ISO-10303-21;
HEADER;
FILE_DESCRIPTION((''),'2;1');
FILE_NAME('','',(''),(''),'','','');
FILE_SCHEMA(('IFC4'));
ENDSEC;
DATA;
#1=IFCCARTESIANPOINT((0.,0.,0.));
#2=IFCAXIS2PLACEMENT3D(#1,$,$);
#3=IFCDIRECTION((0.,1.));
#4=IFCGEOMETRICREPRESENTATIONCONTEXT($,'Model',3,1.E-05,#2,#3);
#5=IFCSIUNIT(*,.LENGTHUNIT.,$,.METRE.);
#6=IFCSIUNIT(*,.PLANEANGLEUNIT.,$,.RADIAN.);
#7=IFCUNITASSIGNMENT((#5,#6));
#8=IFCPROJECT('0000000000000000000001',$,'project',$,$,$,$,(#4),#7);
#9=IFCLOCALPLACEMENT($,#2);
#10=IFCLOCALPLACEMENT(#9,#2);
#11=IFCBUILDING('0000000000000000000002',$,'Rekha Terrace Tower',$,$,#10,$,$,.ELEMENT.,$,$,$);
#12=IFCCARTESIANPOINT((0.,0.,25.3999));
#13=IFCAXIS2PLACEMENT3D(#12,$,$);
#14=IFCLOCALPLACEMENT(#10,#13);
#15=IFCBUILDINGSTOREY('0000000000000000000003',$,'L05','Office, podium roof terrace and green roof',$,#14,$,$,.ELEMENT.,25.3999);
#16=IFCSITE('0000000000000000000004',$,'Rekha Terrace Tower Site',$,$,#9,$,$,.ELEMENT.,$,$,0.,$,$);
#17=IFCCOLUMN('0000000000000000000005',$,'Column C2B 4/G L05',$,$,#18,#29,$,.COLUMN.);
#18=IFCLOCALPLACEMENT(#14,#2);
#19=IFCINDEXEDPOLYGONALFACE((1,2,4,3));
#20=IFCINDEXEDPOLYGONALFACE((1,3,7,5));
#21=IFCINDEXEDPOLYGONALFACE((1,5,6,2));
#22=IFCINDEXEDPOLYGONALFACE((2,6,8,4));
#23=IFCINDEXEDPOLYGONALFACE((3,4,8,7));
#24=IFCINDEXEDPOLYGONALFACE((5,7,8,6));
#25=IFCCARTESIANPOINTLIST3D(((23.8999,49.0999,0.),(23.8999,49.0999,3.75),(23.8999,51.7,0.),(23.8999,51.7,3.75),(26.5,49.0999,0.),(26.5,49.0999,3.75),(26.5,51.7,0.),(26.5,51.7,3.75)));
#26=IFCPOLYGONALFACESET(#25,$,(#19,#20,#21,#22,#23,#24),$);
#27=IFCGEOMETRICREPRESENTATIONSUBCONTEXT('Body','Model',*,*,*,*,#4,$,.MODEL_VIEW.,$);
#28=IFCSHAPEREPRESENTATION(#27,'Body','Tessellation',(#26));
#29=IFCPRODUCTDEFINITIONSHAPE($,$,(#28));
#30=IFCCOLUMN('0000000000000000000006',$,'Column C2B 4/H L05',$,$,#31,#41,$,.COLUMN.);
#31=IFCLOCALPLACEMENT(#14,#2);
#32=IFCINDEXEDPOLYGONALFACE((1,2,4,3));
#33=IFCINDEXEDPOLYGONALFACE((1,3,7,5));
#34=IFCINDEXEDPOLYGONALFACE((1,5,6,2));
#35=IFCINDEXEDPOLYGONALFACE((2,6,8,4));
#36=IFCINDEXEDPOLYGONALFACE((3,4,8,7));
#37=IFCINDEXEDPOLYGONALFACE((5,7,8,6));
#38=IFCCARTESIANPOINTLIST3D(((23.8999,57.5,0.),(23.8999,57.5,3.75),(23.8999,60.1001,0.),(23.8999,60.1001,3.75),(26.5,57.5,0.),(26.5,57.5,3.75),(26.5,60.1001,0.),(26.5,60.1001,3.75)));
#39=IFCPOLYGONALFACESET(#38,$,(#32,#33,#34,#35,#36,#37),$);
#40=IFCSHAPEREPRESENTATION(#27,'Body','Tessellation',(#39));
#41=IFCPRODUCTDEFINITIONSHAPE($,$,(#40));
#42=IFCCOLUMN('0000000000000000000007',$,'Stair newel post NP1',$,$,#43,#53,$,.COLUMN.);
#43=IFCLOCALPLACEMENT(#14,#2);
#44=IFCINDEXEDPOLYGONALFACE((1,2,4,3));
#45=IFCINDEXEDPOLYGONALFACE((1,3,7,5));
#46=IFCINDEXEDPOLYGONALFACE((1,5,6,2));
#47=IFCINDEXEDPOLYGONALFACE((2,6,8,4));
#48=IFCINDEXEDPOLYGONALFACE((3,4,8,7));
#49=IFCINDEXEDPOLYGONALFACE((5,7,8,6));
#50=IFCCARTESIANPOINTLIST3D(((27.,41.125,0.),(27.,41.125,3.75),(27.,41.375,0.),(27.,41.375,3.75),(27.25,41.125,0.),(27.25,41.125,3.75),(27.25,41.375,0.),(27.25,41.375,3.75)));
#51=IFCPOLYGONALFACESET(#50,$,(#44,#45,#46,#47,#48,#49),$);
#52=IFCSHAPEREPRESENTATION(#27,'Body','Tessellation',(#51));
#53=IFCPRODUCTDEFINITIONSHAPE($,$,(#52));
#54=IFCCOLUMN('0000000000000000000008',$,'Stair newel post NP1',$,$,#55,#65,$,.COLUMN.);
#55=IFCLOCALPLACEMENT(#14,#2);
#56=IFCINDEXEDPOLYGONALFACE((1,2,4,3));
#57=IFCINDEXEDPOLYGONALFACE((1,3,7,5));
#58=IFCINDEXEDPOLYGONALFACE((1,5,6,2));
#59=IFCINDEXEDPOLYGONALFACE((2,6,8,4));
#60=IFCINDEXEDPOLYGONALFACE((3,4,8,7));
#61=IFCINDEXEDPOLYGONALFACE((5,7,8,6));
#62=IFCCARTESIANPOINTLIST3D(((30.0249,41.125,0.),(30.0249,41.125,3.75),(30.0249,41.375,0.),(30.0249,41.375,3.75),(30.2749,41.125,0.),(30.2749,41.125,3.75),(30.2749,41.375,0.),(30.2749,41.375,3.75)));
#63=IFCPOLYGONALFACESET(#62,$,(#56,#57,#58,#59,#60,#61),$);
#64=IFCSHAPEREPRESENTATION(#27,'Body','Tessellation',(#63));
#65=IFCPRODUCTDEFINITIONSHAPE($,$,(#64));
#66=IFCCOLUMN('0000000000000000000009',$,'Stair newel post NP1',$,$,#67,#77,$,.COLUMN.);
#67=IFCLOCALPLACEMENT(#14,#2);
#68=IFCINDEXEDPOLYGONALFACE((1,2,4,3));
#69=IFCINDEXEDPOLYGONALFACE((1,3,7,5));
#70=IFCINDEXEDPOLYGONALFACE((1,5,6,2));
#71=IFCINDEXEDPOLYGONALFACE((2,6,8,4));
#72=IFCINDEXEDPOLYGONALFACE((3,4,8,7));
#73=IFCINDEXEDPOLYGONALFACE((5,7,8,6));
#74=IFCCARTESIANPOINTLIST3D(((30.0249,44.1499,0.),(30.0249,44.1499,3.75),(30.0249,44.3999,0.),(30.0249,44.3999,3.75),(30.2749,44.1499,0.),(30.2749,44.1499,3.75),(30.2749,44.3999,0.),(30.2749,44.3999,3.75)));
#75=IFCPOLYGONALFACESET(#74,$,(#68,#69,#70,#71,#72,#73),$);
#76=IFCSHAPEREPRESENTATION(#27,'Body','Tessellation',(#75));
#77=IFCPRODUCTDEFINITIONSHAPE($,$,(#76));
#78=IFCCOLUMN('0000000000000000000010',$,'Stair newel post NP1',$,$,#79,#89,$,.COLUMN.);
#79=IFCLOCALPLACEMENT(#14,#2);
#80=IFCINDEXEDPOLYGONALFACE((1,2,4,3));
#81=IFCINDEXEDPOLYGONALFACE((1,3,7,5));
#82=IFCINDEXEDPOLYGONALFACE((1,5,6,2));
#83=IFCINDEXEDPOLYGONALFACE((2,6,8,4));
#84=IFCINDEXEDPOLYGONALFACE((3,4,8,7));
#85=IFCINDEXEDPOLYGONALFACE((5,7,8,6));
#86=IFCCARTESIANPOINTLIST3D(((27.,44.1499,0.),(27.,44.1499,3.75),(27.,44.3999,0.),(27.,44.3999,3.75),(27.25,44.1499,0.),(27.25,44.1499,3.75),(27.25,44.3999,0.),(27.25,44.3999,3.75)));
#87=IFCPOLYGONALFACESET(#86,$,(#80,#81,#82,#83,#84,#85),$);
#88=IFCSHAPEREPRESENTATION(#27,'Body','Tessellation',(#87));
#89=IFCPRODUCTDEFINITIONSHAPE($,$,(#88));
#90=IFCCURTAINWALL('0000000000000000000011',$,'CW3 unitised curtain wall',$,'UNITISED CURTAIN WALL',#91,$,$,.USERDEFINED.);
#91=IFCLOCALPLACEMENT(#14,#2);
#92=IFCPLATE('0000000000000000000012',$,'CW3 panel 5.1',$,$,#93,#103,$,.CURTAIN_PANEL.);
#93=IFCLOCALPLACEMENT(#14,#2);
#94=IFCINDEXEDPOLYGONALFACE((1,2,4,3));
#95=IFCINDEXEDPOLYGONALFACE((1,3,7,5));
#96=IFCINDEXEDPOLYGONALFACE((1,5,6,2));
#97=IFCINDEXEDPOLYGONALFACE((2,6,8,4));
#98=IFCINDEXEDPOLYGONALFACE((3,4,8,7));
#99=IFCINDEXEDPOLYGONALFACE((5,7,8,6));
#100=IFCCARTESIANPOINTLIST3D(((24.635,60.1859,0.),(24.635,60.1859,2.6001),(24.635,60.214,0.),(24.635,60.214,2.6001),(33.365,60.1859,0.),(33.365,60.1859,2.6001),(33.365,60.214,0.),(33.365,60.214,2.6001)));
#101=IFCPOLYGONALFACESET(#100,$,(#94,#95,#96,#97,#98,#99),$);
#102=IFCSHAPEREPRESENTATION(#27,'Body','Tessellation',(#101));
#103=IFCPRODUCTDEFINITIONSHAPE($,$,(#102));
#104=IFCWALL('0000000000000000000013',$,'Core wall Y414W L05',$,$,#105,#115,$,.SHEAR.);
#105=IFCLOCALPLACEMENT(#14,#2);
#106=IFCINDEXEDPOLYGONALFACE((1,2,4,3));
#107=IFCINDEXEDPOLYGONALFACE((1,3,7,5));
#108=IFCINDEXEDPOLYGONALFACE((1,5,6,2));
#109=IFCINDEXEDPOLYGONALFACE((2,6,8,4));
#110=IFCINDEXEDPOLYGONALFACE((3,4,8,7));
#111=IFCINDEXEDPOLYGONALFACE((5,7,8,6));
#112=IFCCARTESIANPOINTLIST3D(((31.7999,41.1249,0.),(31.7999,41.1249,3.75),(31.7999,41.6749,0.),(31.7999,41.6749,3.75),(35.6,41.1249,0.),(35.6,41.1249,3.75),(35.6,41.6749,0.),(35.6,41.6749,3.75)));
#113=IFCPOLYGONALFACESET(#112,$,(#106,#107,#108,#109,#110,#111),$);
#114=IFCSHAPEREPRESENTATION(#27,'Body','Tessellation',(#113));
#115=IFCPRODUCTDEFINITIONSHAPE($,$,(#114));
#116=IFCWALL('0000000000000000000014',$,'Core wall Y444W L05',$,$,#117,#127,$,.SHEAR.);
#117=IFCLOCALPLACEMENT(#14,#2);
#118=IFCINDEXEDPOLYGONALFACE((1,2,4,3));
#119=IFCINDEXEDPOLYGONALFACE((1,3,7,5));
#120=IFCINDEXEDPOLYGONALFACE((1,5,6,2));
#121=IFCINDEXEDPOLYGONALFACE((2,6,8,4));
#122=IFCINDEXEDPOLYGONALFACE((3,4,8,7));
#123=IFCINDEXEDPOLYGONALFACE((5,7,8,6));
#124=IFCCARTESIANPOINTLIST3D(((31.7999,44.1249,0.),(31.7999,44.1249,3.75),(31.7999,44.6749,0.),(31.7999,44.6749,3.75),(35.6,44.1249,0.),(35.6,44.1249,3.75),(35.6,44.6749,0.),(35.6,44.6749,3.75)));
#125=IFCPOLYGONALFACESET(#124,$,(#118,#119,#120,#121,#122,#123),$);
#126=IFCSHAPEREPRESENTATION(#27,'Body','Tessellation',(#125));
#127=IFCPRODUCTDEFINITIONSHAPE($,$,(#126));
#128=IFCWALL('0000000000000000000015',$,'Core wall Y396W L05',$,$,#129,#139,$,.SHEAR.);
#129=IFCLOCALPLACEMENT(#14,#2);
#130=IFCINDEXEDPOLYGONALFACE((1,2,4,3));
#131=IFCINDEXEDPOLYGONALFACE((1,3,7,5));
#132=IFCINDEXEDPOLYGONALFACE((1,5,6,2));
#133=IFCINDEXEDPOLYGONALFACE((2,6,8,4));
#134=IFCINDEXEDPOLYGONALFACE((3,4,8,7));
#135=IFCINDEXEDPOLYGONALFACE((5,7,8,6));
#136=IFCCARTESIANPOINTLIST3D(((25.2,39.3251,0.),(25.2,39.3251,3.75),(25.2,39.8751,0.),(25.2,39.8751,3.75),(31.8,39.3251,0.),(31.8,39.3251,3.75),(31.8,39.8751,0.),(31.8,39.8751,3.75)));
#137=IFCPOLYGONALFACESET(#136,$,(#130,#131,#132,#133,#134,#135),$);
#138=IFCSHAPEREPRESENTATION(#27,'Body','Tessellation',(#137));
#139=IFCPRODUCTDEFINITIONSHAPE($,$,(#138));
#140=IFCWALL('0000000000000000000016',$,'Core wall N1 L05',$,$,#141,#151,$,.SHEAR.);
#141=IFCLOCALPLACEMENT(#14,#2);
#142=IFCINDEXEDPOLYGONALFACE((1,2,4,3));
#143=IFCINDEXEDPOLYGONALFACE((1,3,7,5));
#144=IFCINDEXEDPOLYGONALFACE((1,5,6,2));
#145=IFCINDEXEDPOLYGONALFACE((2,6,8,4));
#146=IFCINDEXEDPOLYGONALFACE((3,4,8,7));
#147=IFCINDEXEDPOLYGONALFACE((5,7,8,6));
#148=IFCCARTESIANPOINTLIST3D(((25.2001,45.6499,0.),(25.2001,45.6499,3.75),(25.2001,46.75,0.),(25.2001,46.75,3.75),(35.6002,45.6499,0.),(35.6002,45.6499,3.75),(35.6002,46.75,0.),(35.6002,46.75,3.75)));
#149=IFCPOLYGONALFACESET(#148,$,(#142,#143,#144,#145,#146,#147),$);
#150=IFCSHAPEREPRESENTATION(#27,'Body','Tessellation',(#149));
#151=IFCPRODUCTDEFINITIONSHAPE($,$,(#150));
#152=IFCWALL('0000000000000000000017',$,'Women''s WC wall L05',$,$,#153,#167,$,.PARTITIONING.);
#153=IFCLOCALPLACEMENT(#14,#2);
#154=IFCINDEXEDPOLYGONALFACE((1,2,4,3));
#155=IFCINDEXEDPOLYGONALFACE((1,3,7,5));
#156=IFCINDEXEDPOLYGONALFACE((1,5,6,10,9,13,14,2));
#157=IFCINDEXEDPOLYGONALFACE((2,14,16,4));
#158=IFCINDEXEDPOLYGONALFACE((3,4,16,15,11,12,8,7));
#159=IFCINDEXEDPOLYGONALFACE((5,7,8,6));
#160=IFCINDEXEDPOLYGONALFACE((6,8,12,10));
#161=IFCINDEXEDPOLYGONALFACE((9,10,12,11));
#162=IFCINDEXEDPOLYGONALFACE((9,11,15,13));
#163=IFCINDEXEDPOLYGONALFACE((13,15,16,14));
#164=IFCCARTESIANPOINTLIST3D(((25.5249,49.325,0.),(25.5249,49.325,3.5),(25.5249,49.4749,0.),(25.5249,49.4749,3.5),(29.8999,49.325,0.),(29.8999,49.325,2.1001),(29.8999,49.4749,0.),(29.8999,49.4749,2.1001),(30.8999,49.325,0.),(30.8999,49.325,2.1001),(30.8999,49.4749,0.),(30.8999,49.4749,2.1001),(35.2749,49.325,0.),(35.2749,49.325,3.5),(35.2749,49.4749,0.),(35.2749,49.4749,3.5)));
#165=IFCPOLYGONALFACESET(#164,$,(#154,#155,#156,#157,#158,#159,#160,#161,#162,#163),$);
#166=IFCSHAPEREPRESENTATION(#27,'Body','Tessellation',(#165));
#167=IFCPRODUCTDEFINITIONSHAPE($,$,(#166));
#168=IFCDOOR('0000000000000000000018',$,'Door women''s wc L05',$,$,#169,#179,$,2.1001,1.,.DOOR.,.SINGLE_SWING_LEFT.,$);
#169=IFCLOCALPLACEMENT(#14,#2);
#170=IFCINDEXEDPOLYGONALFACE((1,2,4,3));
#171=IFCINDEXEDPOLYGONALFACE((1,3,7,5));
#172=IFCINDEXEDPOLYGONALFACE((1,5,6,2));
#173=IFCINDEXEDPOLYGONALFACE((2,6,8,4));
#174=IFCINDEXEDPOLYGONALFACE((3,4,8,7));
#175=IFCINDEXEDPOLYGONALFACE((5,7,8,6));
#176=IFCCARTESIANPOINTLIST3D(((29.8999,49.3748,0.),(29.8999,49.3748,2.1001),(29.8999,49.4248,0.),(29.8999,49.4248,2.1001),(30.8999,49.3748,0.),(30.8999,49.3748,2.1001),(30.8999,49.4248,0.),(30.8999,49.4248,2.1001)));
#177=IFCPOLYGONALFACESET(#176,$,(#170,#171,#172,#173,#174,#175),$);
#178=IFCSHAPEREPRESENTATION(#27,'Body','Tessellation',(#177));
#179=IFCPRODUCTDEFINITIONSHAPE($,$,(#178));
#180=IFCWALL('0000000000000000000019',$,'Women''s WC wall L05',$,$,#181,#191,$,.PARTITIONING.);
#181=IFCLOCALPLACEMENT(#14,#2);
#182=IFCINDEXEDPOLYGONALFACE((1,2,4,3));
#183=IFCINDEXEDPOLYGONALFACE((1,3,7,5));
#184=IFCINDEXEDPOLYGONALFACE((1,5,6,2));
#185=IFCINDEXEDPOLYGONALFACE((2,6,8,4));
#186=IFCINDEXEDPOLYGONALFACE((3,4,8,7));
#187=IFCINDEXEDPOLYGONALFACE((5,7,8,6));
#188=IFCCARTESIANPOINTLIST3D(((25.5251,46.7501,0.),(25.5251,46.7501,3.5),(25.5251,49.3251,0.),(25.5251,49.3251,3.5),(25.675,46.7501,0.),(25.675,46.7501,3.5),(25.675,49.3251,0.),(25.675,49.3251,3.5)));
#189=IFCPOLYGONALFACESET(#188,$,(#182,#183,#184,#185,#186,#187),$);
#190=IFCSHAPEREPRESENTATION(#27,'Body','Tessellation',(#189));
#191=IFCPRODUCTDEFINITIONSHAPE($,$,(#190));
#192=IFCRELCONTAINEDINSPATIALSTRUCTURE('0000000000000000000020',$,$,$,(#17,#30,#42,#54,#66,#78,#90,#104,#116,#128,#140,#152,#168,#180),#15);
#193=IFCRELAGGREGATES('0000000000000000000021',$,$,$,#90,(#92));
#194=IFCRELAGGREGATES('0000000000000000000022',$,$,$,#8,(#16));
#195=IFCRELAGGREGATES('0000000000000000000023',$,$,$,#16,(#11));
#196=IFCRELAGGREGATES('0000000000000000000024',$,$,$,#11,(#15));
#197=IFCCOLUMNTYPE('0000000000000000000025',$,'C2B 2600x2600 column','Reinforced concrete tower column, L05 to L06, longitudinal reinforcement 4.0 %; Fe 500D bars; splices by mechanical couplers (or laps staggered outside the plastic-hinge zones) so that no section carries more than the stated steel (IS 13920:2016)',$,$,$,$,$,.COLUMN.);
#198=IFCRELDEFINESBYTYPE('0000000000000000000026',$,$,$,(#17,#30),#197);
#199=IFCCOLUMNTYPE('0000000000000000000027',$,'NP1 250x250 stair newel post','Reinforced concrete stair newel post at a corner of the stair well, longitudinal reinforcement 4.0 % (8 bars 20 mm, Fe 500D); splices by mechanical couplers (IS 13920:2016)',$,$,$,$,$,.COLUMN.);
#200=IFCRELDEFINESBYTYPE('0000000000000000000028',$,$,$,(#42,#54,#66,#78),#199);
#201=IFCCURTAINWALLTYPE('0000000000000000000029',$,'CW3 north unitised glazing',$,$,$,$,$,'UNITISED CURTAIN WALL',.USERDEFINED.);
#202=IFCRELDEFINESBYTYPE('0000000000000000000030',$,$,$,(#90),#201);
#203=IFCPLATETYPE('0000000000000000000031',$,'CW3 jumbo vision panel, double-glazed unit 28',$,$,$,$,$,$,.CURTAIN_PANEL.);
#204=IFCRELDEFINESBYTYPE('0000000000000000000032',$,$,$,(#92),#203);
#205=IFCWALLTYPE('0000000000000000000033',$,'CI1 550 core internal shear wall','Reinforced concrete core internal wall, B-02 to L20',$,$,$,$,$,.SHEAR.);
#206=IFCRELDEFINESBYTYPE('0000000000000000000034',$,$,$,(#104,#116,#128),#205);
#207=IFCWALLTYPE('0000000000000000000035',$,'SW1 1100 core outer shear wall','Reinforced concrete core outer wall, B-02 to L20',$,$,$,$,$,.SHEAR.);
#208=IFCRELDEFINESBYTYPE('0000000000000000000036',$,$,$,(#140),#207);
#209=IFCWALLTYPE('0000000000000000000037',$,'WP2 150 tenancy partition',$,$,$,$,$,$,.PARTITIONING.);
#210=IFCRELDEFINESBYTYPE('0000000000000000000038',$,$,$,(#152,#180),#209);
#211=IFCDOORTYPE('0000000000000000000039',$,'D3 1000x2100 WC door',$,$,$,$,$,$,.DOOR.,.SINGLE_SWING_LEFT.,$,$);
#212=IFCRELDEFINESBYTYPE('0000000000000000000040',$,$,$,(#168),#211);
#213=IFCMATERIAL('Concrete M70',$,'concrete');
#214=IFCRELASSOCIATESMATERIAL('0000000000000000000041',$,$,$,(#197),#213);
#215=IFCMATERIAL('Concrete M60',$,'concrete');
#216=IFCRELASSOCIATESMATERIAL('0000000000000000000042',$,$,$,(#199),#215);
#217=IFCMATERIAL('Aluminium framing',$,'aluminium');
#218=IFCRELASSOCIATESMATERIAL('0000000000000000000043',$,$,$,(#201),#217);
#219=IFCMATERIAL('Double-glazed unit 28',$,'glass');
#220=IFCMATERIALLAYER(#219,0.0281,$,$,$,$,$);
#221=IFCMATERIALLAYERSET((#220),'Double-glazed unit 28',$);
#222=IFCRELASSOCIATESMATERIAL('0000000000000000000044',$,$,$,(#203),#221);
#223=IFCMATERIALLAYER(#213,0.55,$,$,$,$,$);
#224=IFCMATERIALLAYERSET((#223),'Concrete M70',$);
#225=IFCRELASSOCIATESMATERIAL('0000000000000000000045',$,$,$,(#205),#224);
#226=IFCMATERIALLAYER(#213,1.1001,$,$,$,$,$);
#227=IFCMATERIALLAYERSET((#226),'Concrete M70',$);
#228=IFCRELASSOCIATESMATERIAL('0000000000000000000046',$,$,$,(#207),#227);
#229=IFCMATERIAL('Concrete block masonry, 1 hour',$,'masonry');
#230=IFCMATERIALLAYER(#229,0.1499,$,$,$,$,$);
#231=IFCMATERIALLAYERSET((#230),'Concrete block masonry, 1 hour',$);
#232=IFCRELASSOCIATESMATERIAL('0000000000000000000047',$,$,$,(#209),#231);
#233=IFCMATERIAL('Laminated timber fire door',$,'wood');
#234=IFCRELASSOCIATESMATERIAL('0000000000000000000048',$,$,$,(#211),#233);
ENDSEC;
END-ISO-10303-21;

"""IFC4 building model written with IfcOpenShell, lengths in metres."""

from ifc_helpers import new_model, si_unit, direction, frame, frame_2d, origin, origin_2d, place, context, subcontext, project, spatial, rectangle, extrude, material, layer, layer_set, material_profile, profile_set, type_object, element, fill, aggregate, save


model = new_model("IFC4")

# Units and contexts
model_context = context("Model", 3, precision=1e-05, world=origin(), true_north=direction((0.0, 1.0)))
body_context = subcontext(model_context, "Body", "Model", "MODEL_VIEW")
ifc_project = project(units=[si_unit("LENGTHUNIT", "METRE"), si_unit("PLANEANGLEUNIT", "RADIAN")], contexts=[model_context])

# Site, building, storey
site_placement = place(None, origin())
site = spatial("IfcSite", under=ifc_project, at=site_placement, Name="Rekha Terrace Tower Site", CompositionType="ELEMENT", RefElevation=0.0)
building_placement = place(site_placement, origin())
building = spatial("IfcBuilding", under=site, at=building_placement, Name="Rekha Terrace Tower", CompositionType="ELEMENT")
storey_placement = place(building_placement, frame((0.0, 0.0, 25.3999)))
storey = spatial("IfcBuildingStorey", under=building, at=storey_placement, Name="L05", Description="Office, podium roof terrace and green roof", CompositionType="ELEMENT", Elevation=25.3999)

# Columns
ifc_material_1 = material(Name="Concrete M70", Category="concrete")
ifc_material_profile_1 = material_profile(ifc_material_1, rectangle(XDim=2.6001, YDim=2.6001, at=origin_2d()), Name="RC 2600x2600")
ifc_profile_set_1 = profile_set([ifc_material_profile_1], Name="Concrete M70")
column_type_1 = type_object("IfcColumnType", Name="C2B 2600x2600 column", Description="Reinforced concrete tower column, L05 to L06, longitudinal reinforcement 4.0 %; Fe 500D bars; splices by mechanical couplers (or laps staggered outside the plastic-hinge zones) so that no section carries more than the stated steel (IS 13920:2016)", PredefinedType="COLUMN", material=ifc_profile_set_1)
for number, where, z_axis, x_axis, name in (
    (1, (25.2, 50.3999, 0.0), (0.0, 0.0, 1.0), (1.0, 0.0, 0.0), "Column C2B 4/G L05"),
    (2, (25.2, 58.8, 0.0), (0.0, 0.0, 1.0), (1.0, 0.0, 0.0), "Column C2B 4/H L05"),
):
    element("IfcColumn", number, at=place(storey_placement, frame(where, z_axis=z_axis, x_axis=x_axis)), inside=storey, type_object=column_type_1, Name=name, PredefinedType="COLUMN", context=body_context, shape_type="SweptSolid", body=[
        extrude(rectangle(XDim=2.6001, YDim=2.6001, at=origin_2d()), origin(), (0.0, 0.0, 1.0), 3.75),
    ])
ifc_material_2 = material(Name="Concrete M60", Category="concrete")
ifc_material_profile_2 = material_profile(ifc_material_2, rectangle(XDim=0.25, YDim=0.25, at=origin_2d()), Name="RC 250x250")
ifc_profile_set_2 = profile_set([ifc_material_profile_2], Name="Concrete M60")
column_type_2 = type_object("IfcColumnType", Name="NP1 250x250 stair newel post", Description="Reinforced concrete stair newel post at a corner of the stair well, longitudinal reinforcement 4.0 % (8 bars 20 mm, Fe 500D); splices by mechanical couplers (IS 13920:2016)", PredefinedType="COLUMN", material=ifc_profile_set_2)
for number, where, z_axis, x_axis, name in (
    (3, (27.125, 41.25, 0.0), (0.0, 0.0, 1.0), (1.0, 0.0, 0.0), "Stair newel post NP1"),
    (4, (30.1499, 41.25, 0.0), (0.0, 0.0, 1.0), (1.0, 0.0, 0.0), "Stair newel post NP1"),
    (5, (30.1499, 44.2749, 0.0), (0.0, 0.0, 1.0), (1.0, 0.0, 0.0), "Stair newel post NP1"),
    (6, (27.125, 44.2749, 0.0), (0.0, 0.0, 1.0), (1.0, 0.0, 0.0), "Stair newel post NP1"),
):
    element("IfcColumn", number, at=place(storey_placement, frame(where, z_axis=z_axis, x_axis=x_axis)), inside=storey, type_object=column_type_2, Name=name, PredefinedType="COLUMN", context=body_context, shape_type="SweptSolid", body=[
        extrude(rectangle(XDim=0.25, YDim=0.25, at=origin_2d()), origin(), (0.0, 0.0, 1.0), 3.75),
    ])

# Curtain wall, plate
ifc_material_3 = material(Name="Aluminium framing", Category="aluminium")
curtain_wall_type = type_object("IfcCurtainWallType", Name="CW3 north unitised glazing", ElementType="UNITISED CURTAIN WALL", PredefinedType="USERDEFINED", material=ifc_material_3)
curtain_wall_placement = place(storey_placement, origin())
curtain_wall = element("IfcCurtainWall", 7, at=curtain_wall_placement, inside=storey, type_object=curtain_wall_type, Name="CW3 unitised curtain wall", ObjectType="UNITISED CURTAIN WALL", PredefinedType="USERDEFINED")
ifc_material_4 = material(Name="Double-glazed unit 28", Category="glass")
ifc_layer_1 = layer(ifc_material_4, 0.0281)
ifc_layer_set_1 = layer_set([ifc_layer_1], Name="Double-glazed unit 28")
plate_type = type_object("IfcPlateType", Name="CW3 jumbo vision panel, double-glazed unit 28", PredefinedType="CURTAIN_PANEL", material=ifc_layer_set_1)
plate_placement = place(storey_placement, frame((29.0, 60.2, 0.0), z_axis=(0.0, 0.0, 1.0), x_axis=(-1.0, 0.0, 0.0)))
plate = element("IfcPlate", 8, at=plate_placement, type_object=plate_type, Name="CW3 panel 5.1", PredefinedType="CURTAIN_PANEL", context=body_context, shape_type="SweptSolid", body=[
    extrude(rectangle(XDim=8.73, YDim=0.0281, at=origin_2d()), origin(), (0.0, 0.0, 1.0), 2.6001),
])
aggregate(curtain_wall, [plate])

# Walls
ifc_layer_2 = layer(ifc_material_1, 0.55)
ifc_layer_set_2 = layer_set([ifc_layer_2], Name="Concrete M70")
wall_type_1 = type_object("IfcWallType", Name="CI1 550 core internal shear wall", Description="Reinforced concrete core internal wall, B-02 to L20", PredefinedType="SHEAR", material=ifc_layer_set_2)
for number, where, z_axis, x_axis, name in (
    (9, (31.8, 41.3999, 0.0), (0.0, 0.0, 1.0), (1.0, 0.0, 0.0), "Core wall Y414W L05"),
    (10, (31.8, 44.3999, 0.0), (0.0, 0.0, 1.0), (1.0, 0.0, 0.0), "Core wall Y444W L05"),
):
    element("IfcWall", number, at=place(storey_placement, frame(where, z_axis=z_axis, x_axis=x_axis)), inside=storey, type_object=wall_type_1, Name=name, PredefinedType="SHEAR", context=body_context, shape_type="SweptSolid", body=[
        extrude(rectangle(XDim=3.8, YDim=0.55, at=frame_2d((1.8999, 0.0))), origin(), (0.0, 0.0, 1.0), 3.75),
    ])
wall_1_placement = place(storey_placement, frame((25.2, 39.6001, 0.0), z_axis=(0.0, 0.0, 1.0), x_axis=(1.0, 0.0, 0.0)))
element("IfcWall", 11, at=wall_1_placement, inside=storey, type_object=wall_type_1, Name="Core wall Y396W L05", PredefinedType="SHEAR", context=body_context, shape_type="SweptSolid", body=[
    extrude(rectangle(XDim=6.6001, YDim=0.55, at=frame_2d((3.3, 0.0))), origin(), (0.0, 0.0, 1.0), 3.75),
])
ifc_layer_3 = layer(ifc_material_1, 1.1001)
ifc_layer_set_3 = layer_set([ifc_layer_3], Name="Concrete M70")
wall_type_2 = type_object("IfcWallType", Name="SW1 1100 core outer shear wall", Description="Reinforced concrete core outer wall, B-02 to L20", PredefinedType="SHEAR", material=ifc_layer_set_3)
wall_2_placement = place(storey_placement, frame((25.2, 46.2, 0.0), z_axis=(0.0, 0.0, 1.0), x_axis=(1.0, 0.0, 0.0)))
element("IfcWall", 12, at=wall_2_placement, inside=storey, type_object=wall_type_2, Name="Core wall N1 L05", PredefinedType="SHEAR", context=body_context, shape_type="SweptSolid", body=[
    extrude(rectangle(XDim=10.4001, YDim=1.1001, at=frame_2d((5.2002, 0.0))), origin(), (0.0, 0.0, 1.0), 3.75),
])

# Wall, opening, door
ifc_material_5 = material(Name="Concrete block masonry, 1 hour", Category="masonry")
ifc_layer_4 = layer(ifc_material_5, 0.1499)
ifc_layer_set_4 = layer_set([ifc_layer_4], Name="Concrete block masonry, 1 hour")
wall_type_3 = type_object("IfcWallType", Name="WP2 150 tenancy partition", PredefinedType="PARTITIONING", material=ifc_layer_set_4)
wall_3_placement = place(storey_placement, frame((25.5249, 49.3999, 0.0), z_axis=(0.0, 0.0, 1.0), x_axis=(1.0, 0.0, 0.0)))
wall_3 = element("IfcWall", 13, at=wall_3_placement, inside=storey, type_object=wall_type_3, Name="Women's WC wall L05", PredefinedType="PARTITIONING", context=body_context, shape_type="SweptSolid", body=[
    extrude(rectangle(XDim=9.75, YDim=0.1499, at=frame_2d((4.875, 0.0))), origin(), (0.0, 0.0, 1.0), 3.5),
])
opening_1_placement = place(wall_3_placement, frame((4.375, 0.0, 0.0)))
opening_1 = element("IfcOpeningElement", 14, at=opening_1_placement, cuts=wall_3, PredefinedType="OPENING", context=body_context, shape_type="SweptSolid", body=[
    extrude(rectangle(XDim=1.0, YDim=2.1001, at=frame_2d((0.5, 1.05))), frame((0.0, 0.085, 0.0), z_axis=(0.0, -1.0, 0.0), x_axis=(1.0, 0.0, 0.0)), (0.0, 0.0, 1.0), 0.1699),
])
ifc_material_6 = material(Name="Laminated timber fire door", Category="wood")
door_type_1 = type_object("IfcDoorType", Name="D3 1000x2100 WC door", OperationType="SINGLE_SWING_LEFT", PredefinedType="DOOR", material=ifc_material_6)
door_1_placement = place(opening_1_placement, origin())
door_1 = element("IfcDoor", 15, at=door_1_placement, inside=storey, type_object=door_type_1, Name="Door women's wc L05", OperationType="SINGLE_SWING_LEFT", OverallHeight=2.1001, OverallWidth=1.0, PredefinedType="DOOR", context=body_context, shape_type="SweptSolid", body=[
    extrude(rectangle(XDim=1.0, YDim=2.1001, at=frame_2d((0.5, 1.05))), frame((0.0, 0.0249, 0.0), z_axis=(0.0, -1.0, 0.0), x_axis=(1.0, 0.0, 0.0)), (0.0, 0.0, 1.0), 0.05),
])
fill(opening_1, door_1)

# Wall
wall_4_placement = place(storey_placement, frame((25.6001, 46.75, 0.0), z_axis=(0.0, 0.0, 1.0), x_axis=(0.0, 1.0, 0.0)))
element("IfcWall", 16, at=wall_4_placement, inside=storey, type_object=wall_type_3, Name="Women's WC wall L05", PredefinedType="PARTITIONING", context=body_context, shape_type="SweptSolid", body=[
    extrude(rectangle(XDim=2.575, YDim=0.1499, at=frame_2d((1.2876, 0.0))), origin(), (0.0, 0.0, 1.0), 3.5),
])

save(model, "model.ifc")
